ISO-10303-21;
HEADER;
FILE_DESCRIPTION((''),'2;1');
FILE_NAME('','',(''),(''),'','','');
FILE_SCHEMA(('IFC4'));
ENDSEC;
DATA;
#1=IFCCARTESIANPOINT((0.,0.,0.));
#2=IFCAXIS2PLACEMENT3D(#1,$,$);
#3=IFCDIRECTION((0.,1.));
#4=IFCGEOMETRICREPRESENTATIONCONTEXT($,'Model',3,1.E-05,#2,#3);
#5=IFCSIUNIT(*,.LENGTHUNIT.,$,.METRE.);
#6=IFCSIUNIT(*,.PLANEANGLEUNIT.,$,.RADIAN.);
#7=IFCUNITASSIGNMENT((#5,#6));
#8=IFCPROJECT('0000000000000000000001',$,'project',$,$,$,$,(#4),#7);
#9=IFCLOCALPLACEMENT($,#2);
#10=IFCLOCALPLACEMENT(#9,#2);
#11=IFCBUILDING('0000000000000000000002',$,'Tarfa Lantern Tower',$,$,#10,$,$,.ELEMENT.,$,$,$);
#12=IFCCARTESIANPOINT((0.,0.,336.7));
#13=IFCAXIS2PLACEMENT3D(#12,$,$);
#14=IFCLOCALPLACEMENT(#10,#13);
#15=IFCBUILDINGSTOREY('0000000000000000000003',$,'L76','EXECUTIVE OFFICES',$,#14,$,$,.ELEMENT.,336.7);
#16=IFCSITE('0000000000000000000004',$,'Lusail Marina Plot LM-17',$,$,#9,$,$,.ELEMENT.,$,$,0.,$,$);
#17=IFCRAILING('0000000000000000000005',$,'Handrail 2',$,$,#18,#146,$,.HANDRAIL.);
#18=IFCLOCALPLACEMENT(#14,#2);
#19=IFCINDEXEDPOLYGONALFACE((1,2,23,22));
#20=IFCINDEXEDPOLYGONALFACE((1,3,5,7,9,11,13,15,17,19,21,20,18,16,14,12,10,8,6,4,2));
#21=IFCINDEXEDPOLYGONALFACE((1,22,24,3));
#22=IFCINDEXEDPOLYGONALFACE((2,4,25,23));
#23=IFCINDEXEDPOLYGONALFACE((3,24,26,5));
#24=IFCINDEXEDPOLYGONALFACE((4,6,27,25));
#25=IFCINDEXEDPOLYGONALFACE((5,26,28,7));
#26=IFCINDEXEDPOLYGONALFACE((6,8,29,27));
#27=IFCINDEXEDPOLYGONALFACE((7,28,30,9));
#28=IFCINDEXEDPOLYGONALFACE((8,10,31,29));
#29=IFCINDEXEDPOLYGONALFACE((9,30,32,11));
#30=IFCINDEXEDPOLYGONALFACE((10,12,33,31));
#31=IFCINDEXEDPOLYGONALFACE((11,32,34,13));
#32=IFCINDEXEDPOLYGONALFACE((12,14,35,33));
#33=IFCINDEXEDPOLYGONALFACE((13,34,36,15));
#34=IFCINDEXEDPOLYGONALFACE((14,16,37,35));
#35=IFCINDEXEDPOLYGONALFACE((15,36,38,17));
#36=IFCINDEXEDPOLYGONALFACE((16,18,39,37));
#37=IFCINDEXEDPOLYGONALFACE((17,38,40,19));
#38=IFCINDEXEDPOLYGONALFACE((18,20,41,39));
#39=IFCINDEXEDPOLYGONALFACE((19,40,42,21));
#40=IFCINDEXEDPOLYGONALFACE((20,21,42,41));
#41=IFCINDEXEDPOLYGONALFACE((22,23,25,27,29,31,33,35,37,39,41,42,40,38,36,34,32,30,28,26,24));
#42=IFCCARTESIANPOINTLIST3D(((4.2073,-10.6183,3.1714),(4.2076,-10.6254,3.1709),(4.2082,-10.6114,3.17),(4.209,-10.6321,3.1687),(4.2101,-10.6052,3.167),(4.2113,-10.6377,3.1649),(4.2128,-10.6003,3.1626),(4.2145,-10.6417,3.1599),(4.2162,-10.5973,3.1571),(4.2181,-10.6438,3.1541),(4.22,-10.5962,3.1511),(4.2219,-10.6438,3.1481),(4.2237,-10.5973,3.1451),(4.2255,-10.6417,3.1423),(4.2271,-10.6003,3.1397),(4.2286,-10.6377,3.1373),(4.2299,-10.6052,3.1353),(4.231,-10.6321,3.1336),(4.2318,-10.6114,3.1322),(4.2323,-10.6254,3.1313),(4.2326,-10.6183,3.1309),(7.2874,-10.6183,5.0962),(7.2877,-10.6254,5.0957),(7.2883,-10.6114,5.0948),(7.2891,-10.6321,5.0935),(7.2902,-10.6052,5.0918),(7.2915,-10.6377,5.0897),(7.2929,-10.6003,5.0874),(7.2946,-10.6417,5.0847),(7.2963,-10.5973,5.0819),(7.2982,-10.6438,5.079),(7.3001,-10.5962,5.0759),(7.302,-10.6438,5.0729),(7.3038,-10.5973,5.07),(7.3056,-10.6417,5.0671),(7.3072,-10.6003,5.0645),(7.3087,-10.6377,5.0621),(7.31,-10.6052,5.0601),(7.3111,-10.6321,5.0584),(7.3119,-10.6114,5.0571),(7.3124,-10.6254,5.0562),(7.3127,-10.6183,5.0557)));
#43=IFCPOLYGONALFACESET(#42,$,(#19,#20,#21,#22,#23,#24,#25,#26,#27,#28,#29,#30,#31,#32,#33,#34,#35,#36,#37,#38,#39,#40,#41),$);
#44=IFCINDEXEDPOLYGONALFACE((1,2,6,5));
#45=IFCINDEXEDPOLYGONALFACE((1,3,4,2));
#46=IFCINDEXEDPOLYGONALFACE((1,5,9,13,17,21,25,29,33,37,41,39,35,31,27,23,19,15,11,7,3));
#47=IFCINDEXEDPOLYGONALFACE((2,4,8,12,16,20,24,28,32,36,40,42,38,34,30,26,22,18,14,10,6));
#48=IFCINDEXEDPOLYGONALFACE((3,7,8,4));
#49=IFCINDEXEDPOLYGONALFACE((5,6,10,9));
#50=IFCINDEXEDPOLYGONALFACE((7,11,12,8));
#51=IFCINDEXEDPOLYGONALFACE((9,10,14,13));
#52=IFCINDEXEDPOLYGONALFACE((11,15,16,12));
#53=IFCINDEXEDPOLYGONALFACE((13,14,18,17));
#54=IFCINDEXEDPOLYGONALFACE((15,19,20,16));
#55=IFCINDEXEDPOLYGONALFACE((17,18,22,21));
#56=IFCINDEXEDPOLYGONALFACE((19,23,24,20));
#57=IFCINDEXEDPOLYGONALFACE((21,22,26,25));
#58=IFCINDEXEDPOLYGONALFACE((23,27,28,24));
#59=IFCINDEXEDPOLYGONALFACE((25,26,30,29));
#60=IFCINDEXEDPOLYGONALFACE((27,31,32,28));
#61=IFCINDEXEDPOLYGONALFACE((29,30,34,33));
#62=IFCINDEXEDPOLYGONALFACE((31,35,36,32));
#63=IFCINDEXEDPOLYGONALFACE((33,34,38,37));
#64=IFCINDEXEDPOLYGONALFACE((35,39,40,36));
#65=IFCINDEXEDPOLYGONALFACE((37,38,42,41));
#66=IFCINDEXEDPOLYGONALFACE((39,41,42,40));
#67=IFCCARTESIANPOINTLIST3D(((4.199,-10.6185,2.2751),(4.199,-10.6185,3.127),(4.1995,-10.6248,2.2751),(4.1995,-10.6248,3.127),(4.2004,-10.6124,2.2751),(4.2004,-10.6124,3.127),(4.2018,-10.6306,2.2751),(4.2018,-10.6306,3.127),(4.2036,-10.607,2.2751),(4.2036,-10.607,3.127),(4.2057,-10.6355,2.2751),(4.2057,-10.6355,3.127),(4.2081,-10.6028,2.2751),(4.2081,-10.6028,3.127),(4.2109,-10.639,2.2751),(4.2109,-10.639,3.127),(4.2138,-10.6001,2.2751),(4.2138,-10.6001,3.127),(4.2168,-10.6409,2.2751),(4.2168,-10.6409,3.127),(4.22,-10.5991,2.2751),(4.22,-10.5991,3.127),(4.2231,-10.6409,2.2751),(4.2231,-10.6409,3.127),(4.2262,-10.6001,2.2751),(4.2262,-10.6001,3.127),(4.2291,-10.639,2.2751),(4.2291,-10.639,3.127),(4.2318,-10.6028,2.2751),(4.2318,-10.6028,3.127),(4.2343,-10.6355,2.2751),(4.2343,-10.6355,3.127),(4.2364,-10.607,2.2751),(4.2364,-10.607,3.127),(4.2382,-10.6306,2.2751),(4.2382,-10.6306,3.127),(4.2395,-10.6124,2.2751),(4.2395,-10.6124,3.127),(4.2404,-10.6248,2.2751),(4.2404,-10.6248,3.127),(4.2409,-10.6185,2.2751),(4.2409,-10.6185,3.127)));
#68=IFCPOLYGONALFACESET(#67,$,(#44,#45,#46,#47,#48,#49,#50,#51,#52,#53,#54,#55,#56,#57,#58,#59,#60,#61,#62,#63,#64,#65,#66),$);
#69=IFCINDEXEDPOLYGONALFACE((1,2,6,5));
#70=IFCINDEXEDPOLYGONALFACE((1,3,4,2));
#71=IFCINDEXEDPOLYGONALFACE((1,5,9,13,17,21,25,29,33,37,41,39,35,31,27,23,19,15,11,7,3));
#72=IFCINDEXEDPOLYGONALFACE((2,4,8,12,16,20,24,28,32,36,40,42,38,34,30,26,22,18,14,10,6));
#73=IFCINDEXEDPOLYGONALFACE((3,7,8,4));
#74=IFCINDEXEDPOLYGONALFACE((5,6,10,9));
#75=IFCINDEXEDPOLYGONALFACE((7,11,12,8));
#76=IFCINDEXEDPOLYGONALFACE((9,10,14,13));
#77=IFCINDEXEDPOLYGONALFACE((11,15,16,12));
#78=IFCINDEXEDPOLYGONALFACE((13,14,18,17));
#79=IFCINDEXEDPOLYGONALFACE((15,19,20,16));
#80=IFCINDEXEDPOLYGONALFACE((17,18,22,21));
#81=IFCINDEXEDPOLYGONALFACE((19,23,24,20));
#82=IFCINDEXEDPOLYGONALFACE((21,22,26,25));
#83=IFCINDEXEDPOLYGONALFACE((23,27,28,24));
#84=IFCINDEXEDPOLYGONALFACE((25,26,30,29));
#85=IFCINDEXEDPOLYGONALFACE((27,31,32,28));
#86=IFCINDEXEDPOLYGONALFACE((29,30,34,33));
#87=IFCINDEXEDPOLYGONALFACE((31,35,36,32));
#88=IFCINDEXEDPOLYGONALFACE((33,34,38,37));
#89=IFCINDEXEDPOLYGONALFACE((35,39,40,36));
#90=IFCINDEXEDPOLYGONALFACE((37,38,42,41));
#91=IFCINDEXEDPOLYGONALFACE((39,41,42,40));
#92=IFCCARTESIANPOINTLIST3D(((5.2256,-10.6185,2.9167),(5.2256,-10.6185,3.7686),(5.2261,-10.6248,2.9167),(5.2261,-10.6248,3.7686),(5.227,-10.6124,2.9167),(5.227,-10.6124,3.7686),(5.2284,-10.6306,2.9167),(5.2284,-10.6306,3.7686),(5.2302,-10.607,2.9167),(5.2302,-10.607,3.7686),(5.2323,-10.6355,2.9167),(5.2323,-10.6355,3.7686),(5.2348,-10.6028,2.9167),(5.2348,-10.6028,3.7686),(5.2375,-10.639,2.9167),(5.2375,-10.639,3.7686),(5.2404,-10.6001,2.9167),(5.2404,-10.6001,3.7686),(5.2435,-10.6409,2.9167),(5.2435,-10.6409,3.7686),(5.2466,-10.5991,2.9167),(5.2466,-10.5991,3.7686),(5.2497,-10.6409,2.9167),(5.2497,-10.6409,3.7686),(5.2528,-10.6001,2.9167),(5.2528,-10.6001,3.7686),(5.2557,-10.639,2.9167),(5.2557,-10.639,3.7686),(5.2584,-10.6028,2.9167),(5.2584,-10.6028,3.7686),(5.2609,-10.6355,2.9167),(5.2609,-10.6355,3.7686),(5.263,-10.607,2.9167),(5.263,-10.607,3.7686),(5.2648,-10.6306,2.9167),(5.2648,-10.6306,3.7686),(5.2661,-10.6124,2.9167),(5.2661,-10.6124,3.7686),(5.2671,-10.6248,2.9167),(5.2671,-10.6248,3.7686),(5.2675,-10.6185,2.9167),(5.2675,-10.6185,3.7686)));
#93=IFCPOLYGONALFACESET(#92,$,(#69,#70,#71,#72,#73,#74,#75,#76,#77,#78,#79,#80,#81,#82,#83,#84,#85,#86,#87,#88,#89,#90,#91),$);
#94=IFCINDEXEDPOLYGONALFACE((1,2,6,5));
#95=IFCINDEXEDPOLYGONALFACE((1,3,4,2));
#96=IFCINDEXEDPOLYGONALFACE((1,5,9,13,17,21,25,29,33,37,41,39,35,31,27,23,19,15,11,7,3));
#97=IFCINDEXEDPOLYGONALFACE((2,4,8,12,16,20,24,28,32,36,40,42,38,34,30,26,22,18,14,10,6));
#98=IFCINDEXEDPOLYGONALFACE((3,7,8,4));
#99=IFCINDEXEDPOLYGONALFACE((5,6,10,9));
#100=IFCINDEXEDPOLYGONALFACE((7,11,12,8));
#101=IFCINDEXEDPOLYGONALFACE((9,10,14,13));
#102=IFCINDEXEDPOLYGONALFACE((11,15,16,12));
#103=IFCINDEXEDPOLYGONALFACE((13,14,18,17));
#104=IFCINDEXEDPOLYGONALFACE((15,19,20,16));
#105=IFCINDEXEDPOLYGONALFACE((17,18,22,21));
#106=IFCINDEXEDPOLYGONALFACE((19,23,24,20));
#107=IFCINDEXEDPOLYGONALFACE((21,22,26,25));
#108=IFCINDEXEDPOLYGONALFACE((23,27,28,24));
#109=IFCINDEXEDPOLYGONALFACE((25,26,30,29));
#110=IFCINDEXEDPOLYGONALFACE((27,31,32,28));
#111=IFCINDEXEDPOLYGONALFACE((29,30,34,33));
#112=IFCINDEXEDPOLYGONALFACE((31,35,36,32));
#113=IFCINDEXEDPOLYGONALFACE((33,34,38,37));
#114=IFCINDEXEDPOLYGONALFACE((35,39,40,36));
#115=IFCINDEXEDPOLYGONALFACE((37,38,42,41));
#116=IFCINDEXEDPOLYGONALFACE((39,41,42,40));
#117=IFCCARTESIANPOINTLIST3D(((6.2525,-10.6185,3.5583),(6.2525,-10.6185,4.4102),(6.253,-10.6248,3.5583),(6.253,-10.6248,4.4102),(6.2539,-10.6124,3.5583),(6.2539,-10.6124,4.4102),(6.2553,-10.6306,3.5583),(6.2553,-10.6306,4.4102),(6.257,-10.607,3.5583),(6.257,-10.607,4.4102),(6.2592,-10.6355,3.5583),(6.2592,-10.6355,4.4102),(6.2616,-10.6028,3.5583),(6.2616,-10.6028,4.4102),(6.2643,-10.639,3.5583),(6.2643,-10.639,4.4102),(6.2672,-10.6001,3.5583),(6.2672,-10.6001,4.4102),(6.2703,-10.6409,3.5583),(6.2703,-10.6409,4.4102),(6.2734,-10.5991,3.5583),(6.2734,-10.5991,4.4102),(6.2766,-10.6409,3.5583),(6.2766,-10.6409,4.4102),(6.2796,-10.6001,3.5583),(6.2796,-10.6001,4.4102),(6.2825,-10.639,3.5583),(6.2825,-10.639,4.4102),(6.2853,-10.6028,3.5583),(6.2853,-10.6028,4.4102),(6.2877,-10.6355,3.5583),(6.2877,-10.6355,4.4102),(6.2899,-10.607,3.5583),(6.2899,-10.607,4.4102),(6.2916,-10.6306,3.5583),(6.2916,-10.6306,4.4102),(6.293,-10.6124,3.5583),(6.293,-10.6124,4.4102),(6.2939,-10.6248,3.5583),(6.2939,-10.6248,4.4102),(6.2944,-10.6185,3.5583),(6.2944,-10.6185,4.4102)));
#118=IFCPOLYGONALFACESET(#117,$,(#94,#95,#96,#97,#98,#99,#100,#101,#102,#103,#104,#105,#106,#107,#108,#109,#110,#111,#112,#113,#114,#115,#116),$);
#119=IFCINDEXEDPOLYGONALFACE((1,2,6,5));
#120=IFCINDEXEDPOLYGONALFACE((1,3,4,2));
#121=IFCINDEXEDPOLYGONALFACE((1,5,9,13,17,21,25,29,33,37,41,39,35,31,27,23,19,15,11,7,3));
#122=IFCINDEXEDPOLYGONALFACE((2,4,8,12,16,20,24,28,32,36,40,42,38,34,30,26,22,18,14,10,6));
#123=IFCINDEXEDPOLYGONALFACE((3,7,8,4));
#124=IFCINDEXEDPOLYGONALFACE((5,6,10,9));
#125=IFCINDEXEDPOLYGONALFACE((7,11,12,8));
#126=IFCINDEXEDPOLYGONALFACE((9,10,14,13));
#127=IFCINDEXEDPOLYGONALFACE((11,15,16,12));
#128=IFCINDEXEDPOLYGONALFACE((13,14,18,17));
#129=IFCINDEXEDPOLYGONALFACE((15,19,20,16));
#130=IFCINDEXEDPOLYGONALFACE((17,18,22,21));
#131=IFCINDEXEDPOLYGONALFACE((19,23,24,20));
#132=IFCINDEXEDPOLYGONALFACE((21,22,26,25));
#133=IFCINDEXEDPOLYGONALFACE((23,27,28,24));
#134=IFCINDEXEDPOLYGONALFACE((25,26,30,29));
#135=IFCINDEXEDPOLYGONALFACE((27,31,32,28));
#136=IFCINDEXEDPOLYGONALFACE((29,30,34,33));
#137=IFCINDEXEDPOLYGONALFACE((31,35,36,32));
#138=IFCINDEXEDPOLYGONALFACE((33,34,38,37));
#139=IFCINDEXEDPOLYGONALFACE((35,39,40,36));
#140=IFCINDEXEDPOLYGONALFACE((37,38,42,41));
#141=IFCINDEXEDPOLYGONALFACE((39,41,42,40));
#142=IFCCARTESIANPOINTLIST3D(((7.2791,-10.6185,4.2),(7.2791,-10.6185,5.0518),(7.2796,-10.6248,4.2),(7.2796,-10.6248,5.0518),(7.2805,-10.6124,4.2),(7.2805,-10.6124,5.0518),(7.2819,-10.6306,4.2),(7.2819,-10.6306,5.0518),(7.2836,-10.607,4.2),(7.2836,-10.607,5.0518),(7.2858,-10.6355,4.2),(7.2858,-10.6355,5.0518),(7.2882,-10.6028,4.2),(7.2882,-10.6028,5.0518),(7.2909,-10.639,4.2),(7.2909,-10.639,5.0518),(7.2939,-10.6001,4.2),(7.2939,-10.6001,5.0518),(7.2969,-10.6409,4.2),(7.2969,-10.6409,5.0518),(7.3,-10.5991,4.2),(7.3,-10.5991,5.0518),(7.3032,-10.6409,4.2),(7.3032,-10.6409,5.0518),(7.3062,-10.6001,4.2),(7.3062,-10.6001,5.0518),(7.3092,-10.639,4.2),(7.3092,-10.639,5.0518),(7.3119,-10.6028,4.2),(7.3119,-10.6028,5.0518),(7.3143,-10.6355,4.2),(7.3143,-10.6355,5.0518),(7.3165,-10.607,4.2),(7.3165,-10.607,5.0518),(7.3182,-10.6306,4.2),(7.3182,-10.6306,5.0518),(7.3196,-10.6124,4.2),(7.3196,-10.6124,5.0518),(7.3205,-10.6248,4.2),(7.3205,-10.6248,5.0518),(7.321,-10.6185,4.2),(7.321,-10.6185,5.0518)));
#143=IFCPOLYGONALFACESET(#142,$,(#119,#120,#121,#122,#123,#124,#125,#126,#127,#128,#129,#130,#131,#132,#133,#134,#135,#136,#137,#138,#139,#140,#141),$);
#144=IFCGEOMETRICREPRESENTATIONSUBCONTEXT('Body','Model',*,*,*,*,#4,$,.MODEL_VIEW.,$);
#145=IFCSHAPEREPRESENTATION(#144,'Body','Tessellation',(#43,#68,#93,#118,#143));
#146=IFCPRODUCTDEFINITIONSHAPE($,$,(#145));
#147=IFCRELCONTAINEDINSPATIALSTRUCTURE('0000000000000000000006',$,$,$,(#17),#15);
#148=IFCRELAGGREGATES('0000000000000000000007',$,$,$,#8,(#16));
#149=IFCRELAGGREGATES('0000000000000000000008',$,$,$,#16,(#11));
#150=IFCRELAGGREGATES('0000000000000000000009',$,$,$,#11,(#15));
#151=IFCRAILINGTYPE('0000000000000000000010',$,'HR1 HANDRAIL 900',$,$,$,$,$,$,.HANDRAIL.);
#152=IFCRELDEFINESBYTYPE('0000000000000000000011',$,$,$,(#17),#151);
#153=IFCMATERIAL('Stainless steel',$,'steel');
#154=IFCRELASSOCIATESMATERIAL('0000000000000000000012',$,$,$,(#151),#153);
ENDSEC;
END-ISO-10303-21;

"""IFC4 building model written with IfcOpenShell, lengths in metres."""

from ifc_helpers import new_model, si_unit, direction, frame, origin, origin_2d, place, context, subcontext, project, spatial, circle, extrude, material, type_object, element, save


model = new_model("IFC4")

# Units and contexts
model_context = context("Model", 3, precision=1e-05, world=origin(), true_north=direction((0.0, 1.0)))
body_context = subcontext(model_context, "Body", "Model", "MODEL_VIEW")
ifc_project = project(units=[si_unit("LENGTHUNIT", "METRE"), si_unit("PLANEANGLEUNIT", "RADIAN")], contexts=[model_context])

# Site, building, storey
site_placement = place(None, origin())
site = spatial("IfcSite", under=ifc_project, at=site_placement, Name="Lusail Marina Plot LM-17", CompositionType="ELEMENT", RefElevation=0.0)
building_placement = place(site_placement, origin())
building = spatial("IfcBuilding", under=site, at=building_placement, Name="Tarfa Lantern Tower", CompositionType="ELEMENT")
storey_placement = place(building_placement, frame((0.0, 0.0, 336.7)))
storey = spatial("IfcBuildingStorey", under=building, at=storey_placement, Name="L76", Description="EXECUTIVE OFFICES", CompositionType="ELEMENT", Elevation=336.7)

# Railing
ifc_material_1 = material(Name="Stainless steel", Category="steel")
railing_type = type_object("IfcRailingType", Name="HR1 HANDRAIL 900", PredefinedType="HANDRAIL", material=ifc_material_1)
railing_1_placement = place(storey_placement, frame((4.22, -10.6201, 2.2751)))
element("IfcRailing", 1, at=railing_1_placement, inside=storey, type_object=railing_type, Name="Handrail 2", PredefinedType="HANDRAIL", context=body_context, shape_type="SweptSolid", body=[
    extrude(circle(Radius=0.0239, at=origin_2d()), frame((0.0, 0.0, 0.876), z_axis=(0.848029, 0.0, 0.529951), x_axis=(0.0, 1.0, 0.0)), (0.0, 0.0, 1.0), 3.6321),
    extrude(circle(Radius=0.021, at=origin_2d()), frame((0.0, 0.0, 0.0), z_axis=(0.0, 0.0, 1.0), x_axis=(0.0, 1.0, 0.0)), (0.0, 0.0, 1.0), 0.8518),
    extrude(circle(Radius=0.021, at=origin_2d()), frame((1.0266, 0.0, 0.6416), z_axis=(0.0, 0.0, 1.0), x_axis=(0.0, 1.0, 0.0)), (0.0, 0.0, 1.0), 0.8518),
    extrude(circle(Radius=0.021, at=origin_2d()), frame((2.0535, 0.0, 1.2832), z_axis=(0.0, 0.0, 1.0), x_axis=(0.0, 1.0, 0.0)), (0.0, 0.0, 1.0), 0.8518),
    extrude(circle(Radius=0.021, at=origin_2d()), frame((3.0801, 0.0, 1.9248), z_axis=(0.0, 0.0, 1.0), x_axis=(0.0, 1.0, 0.0)), (0.0, 0.0, 1.0), 0.8518),
])

save(model, "model.ifc")
